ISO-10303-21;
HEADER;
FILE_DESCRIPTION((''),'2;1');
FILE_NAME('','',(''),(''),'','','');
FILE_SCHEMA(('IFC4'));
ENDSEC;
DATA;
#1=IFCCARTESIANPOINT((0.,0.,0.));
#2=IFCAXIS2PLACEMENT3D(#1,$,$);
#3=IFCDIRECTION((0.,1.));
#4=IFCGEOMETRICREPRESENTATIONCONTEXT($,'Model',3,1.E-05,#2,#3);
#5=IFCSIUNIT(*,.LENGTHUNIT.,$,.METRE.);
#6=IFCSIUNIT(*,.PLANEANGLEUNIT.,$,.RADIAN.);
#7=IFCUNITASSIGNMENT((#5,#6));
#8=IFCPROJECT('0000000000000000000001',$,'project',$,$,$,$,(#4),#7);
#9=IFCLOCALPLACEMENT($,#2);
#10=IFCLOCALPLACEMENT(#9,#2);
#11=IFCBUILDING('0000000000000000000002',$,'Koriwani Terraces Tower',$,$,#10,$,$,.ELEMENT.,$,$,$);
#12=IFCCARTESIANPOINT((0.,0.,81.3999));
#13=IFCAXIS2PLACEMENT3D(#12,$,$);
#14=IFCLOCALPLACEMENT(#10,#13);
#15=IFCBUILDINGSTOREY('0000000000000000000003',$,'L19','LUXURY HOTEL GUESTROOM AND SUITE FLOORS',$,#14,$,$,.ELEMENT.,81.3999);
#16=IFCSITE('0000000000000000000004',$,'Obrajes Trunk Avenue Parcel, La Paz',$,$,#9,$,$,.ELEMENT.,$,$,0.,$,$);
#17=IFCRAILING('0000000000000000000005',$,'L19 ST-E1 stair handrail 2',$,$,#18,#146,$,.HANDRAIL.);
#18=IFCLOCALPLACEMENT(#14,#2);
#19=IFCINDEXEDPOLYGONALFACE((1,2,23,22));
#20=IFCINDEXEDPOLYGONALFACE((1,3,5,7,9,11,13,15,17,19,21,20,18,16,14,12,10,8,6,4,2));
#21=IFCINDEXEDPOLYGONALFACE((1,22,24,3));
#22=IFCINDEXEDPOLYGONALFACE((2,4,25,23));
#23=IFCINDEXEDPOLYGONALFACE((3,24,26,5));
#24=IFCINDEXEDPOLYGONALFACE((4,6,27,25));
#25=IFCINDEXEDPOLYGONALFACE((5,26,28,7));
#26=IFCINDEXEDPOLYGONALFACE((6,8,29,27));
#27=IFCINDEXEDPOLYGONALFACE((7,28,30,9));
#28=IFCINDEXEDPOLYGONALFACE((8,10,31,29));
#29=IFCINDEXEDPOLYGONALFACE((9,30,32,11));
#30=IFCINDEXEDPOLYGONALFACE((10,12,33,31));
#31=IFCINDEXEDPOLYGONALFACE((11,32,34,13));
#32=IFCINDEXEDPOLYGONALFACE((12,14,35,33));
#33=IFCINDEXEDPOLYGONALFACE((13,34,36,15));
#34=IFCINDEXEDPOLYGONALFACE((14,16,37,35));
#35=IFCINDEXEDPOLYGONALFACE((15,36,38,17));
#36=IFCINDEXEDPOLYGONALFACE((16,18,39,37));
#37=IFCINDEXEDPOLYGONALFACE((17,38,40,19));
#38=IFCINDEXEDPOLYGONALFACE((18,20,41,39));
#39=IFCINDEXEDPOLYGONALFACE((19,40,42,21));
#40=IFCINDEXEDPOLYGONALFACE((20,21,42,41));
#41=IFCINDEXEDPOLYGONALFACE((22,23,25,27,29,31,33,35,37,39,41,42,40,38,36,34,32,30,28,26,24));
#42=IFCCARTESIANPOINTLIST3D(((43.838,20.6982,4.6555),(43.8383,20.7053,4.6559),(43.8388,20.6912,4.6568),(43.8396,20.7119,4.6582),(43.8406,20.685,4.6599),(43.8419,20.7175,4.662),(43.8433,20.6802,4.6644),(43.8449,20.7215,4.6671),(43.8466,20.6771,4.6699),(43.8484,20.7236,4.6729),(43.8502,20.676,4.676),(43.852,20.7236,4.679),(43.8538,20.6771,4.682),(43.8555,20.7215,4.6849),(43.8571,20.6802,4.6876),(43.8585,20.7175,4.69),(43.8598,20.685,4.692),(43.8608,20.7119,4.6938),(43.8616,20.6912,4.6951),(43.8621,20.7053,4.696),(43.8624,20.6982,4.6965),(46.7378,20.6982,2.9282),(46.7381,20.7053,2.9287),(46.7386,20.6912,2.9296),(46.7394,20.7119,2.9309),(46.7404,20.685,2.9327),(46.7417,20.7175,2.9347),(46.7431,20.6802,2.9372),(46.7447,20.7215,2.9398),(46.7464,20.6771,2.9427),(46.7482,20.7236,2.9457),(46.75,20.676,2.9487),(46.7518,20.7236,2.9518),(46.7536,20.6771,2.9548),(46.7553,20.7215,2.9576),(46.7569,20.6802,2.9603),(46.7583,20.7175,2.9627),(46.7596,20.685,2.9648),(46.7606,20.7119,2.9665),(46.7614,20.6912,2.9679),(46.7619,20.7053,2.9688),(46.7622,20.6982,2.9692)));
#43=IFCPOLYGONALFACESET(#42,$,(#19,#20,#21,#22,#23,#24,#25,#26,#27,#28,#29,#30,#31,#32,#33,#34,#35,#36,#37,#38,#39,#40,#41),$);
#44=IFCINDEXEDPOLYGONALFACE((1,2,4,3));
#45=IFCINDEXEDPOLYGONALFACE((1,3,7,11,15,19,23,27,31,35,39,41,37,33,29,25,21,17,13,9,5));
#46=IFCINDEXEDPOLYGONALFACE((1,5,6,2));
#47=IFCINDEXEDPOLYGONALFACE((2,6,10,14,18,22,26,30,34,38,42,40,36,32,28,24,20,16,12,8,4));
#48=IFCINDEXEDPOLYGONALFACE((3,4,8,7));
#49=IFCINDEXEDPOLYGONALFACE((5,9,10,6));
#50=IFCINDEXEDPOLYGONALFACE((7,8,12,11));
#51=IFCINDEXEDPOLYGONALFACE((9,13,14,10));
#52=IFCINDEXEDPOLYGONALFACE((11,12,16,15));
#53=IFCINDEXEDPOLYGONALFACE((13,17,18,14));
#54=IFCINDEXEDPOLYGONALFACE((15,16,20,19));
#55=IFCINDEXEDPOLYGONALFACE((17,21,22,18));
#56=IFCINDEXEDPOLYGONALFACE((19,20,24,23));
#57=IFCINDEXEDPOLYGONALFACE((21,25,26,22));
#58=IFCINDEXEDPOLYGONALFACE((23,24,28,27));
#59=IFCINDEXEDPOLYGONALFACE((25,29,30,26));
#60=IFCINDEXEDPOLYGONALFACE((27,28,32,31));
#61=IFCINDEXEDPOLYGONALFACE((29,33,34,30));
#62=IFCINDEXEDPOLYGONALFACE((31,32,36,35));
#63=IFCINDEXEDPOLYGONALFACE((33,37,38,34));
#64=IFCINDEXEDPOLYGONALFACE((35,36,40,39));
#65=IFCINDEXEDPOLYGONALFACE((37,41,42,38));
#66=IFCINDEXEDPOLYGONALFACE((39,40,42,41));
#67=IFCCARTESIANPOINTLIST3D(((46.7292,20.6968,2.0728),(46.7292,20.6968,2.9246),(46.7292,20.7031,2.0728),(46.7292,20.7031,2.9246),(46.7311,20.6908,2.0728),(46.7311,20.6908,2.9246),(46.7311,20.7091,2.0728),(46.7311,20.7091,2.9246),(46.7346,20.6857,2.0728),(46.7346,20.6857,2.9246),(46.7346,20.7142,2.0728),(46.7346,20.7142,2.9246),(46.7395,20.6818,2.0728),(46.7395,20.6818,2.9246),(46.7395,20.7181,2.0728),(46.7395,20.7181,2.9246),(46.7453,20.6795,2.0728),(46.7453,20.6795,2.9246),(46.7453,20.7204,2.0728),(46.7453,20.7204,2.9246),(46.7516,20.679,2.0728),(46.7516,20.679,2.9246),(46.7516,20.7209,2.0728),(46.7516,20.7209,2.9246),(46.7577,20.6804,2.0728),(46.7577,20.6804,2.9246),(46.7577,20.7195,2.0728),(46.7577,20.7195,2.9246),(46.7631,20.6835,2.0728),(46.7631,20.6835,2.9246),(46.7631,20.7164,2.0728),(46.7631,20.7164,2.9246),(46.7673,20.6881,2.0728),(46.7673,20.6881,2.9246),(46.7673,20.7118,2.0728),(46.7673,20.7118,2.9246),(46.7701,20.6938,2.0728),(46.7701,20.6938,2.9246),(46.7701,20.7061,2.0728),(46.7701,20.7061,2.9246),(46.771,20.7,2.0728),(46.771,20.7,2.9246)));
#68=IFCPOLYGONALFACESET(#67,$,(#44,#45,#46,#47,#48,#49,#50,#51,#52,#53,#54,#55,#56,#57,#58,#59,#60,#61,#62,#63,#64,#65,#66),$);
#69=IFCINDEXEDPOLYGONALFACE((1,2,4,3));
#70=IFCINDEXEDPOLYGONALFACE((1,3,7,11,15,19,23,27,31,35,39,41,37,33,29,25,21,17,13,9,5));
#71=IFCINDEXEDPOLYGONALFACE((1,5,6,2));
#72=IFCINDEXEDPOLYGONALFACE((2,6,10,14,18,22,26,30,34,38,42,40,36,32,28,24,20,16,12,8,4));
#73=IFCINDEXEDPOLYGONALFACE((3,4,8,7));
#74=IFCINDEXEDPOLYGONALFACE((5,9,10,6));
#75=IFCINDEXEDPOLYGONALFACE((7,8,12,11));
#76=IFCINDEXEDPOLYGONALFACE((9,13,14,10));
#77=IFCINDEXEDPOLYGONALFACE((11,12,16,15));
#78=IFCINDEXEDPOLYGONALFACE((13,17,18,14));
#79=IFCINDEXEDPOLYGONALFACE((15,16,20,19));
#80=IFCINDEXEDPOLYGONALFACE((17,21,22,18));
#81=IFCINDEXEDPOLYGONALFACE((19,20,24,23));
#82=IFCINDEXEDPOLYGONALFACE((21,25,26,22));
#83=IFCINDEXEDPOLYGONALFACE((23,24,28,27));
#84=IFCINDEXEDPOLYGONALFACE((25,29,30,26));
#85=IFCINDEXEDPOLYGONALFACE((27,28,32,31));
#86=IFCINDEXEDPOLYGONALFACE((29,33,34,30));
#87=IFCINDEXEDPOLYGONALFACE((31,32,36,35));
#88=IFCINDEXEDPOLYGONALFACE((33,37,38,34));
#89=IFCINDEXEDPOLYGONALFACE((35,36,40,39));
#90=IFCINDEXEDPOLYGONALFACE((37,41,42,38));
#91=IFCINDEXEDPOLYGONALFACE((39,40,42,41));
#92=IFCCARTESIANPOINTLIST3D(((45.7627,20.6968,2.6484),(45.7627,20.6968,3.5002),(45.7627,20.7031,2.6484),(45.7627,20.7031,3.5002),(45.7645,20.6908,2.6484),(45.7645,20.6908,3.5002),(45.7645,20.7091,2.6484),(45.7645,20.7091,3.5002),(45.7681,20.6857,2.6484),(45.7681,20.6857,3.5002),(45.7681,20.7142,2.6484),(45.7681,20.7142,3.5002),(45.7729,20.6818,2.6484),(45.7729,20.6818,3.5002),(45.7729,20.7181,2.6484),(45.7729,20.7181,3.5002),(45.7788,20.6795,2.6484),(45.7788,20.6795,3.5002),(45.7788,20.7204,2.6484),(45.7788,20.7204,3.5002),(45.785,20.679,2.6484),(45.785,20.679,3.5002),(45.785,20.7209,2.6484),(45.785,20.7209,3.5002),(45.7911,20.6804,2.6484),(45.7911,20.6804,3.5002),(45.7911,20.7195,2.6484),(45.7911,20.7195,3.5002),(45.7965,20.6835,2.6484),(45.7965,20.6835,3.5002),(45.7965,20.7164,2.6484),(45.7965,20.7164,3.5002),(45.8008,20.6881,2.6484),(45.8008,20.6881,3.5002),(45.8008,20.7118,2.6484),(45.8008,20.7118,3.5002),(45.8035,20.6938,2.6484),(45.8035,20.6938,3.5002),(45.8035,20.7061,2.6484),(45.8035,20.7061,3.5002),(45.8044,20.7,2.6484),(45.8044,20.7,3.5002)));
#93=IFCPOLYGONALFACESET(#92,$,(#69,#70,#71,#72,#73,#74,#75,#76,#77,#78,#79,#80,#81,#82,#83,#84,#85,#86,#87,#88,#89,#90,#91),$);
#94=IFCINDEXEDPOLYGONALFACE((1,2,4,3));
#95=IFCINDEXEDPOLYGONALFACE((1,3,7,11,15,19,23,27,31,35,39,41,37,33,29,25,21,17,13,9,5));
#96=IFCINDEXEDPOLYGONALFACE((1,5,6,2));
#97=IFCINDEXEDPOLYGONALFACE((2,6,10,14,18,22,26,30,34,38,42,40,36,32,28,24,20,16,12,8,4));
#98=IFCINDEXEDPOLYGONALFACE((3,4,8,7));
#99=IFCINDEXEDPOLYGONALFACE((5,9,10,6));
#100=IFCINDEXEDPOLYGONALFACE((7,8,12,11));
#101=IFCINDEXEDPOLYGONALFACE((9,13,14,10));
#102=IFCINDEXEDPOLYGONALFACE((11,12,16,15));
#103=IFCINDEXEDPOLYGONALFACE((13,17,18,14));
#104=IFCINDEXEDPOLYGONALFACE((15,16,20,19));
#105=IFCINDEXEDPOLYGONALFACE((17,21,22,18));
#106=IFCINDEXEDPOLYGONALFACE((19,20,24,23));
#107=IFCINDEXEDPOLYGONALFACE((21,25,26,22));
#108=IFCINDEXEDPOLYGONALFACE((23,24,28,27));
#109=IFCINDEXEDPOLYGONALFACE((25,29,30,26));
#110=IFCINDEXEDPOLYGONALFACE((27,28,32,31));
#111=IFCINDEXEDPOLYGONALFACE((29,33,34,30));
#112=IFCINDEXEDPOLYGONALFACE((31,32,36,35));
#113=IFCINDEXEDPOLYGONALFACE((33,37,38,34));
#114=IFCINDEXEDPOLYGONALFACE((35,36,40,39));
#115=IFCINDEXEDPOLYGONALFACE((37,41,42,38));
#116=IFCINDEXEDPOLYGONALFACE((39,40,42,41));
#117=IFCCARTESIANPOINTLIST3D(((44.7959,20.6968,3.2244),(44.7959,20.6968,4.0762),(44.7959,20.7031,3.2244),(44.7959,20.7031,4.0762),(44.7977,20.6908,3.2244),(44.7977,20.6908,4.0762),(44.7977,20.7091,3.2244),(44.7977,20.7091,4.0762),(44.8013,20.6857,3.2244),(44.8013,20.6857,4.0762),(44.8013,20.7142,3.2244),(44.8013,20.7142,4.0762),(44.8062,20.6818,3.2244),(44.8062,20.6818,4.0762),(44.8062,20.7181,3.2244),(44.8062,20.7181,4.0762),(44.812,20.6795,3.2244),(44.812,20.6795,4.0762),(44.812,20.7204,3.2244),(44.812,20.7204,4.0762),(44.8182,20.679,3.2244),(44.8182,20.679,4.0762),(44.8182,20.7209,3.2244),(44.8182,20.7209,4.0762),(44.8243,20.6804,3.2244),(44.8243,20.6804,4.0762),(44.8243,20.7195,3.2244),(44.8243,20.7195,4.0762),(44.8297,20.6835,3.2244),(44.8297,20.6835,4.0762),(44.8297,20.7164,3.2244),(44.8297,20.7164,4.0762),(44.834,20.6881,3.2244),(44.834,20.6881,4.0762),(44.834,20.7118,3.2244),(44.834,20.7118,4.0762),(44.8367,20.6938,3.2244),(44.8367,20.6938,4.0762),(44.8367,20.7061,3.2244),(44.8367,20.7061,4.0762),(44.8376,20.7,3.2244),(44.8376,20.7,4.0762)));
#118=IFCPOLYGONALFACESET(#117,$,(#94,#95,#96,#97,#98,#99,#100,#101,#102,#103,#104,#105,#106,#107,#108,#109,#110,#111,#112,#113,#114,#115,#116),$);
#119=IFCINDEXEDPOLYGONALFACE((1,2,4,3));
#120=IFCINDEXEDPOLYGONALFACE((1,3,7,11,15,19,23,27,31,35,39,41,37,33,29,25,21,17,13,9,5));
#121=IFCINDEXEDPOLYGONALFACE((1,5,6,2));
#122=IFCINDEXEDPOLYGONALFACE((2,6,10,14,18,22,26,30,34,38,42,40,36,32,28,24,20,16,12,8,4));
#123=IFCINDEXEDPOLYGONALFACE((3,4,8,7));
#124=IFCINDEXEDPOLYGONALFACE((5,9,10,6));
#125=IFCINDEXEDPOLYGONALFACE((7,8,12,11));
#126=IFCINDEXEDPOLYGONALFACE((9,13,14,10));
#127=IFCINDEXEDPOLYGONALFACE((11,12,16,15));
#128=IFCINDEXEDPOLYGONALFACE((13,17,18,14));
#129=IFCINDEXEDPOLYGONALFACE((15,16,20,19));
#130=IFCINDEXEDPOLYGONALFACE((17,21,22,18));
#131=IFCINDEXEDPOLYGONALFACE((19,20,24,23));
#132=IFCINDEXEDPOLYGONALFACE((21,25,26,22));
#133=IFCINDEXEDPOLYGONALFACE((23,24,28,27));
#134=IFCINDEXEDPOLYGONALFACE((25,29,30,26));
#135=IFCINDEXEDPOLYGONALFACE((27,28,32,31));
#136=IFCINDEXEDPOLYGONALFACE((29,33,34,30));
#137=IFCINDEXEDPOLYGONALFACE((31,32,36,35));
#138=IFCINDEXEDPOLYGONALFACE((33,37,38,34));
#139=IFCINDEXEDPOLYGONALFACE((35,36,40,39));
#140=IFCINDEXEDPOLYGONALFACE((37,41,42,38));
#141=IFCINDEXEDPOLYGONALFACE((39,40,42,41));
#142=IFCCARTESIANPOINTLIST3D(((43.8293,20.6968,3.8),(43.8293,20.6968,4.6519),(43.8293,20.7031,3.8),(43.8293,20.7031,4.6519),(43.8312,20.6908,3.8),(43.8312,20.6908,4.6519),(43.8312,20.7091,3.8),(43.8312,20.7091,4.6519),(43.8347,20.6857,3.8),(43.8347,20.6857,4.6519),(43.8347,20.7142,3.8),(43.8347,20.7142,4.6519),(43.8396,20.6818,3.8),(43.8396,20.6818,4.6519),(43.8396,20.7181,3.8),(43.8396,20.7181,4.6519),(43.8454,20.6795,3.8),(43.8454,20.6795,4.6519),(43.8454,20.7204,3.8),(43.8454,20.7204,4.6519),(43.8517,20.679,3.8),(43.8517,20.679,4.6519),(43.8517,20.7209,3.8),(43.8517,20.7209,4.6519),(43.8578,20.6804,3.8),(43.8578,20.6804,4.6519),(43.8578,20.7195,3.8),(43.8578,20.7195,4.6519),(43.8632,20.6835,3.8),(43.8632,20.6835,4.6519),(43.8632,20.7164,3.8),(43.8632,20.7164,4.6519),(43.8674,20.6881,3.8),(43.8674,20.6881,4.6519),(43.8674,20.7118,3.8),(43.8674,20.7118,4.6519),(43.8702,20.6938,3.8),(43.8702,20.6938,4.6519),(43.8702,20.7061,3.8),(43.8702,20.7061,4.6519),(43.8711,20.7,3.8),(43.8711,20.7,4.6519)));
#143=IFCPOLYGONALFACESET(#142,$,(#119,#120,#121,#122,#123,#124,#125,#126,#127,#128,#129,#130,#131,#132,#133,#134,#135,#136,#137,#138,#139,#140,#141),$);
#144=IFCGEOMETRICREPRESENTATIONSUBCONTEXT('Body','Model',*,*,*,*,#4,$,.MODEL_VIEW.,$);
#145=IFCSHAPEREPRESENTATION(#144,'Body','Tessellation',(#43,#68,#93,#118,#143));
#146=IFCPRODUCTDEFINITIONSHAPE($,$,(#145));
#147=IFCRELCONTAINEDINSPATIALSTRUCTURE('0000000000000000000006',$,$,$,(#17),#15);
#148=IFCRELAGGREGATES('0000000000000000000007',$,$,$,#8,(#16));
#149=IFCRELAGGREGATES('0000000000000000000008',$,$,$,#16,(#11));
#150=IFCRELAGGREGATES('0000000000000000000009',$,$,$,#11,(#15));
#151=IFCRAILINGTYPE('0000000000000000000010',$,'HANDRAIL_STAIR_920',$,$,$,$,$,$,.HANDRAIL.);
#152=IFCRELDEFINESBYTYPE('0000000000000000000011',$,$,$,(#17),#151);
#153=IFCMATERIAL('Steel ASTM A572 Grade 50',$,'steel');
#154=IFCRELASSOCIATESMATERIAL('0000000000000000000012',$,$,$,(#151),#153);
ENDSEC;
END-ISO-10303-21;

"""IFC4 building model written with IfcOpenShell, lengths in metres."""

from ifc_helpers import new_model, si_unit, direction, frame, origin, origin_2d, place, context, subcontext, project, spatial, circle, extrude, material, type_object, element, save


model = new_model("IFC4")

# Units and contexts
model_context = context("Model", 3, precision=1e-05, world=origin(), true_north=direction((0.0, 1.0)))
body_context = subcontext(model_context, "Body", "Model", "MODEL_VIEW")
ifc_project = project(units=[si_unit("LENGTHUNIT", "METRE"), si_unit("PLANEANGLEUNIT", "RADIAN")], contexts=[model_context])

# Site, building, storey
site_placement = place(None, origin())
site = spatial("IfcSite", under=ifc_project, at=site_placement, Name="Obrajes Trunk Avenue Parcel, La Paz", CompositionType="ELEMENT", RefElevation=0.0)
building_placement = place(site_placement, origin())
building = spatial("IfcBuilding", under=site, at=building_placement, Name="Koriwani Terraces Tower", CompositionType="ELEMENT")
storey_placement = place(building_placement, frame((0.0, 0.0, 81.3999)))
storey = spatial("IfcBuildingStorey", under=building, at=storey_placement, Name="L19", Description="LUXURY HOTEL GUESTROOM AND SUITE FLOORS", CompositionType="ELEMENT", Elevation=81.3999)

# Shared definitions
ifc_material_1 = material(Name="Steel ASTM A572 Grade 50", Category="steel")

# Railing
railing_type_1 = type_object("IfcRailingType", Name="HANDRAIL_STAIR_920", PredefinedType="HANDRAIL", material=ifc_material_1)
railing_1_placement = place(storey_placement, frame((46.75, 20.7, 2.0728)))
element("IfcRailing", 1, at=railing_1_placement, inside=storey, type_object=railing_type_1, Name="L19 ST-E1 stair handrail 2", PredefinedType="HANDRAIL", context=body_context, shape_type="SweptSolid", body=[
    extrude(circle(Radius=0.0239, at=origin_2d()), frame((0.0, 0.0, 0.876), z_axis=(-0.859141, 0.0, 0.511738), x_axis=(0.0, -1.0, 0.0)), (0.0, 0.0, 1.0), 3.3752),
    extrude(circle(Radius=0.021, at=origin_2d()), origin(), (0.0, 0.0, 1.0), 0.8518),
    extrude(circle(Radius=0.021, at=origin_2d()), frame((-0.9666, 0.0, 0.5757)), (0.0, 0.0, 1.0), 0.8518),
    extrude(circle(Radius=0.021, at=origin_2d()), frame((-1.9333, 0.0, 1.1516)), (0.0, 0.0, 1.0), 0.8518),
    extrude(circle(Radius=0.021, at=origin_2d()), frame((-2.8999, 0.0, 1.7273)), (0.0, 0.0, 1.0), 0.8518),
])

save(model, "model.ifc")
